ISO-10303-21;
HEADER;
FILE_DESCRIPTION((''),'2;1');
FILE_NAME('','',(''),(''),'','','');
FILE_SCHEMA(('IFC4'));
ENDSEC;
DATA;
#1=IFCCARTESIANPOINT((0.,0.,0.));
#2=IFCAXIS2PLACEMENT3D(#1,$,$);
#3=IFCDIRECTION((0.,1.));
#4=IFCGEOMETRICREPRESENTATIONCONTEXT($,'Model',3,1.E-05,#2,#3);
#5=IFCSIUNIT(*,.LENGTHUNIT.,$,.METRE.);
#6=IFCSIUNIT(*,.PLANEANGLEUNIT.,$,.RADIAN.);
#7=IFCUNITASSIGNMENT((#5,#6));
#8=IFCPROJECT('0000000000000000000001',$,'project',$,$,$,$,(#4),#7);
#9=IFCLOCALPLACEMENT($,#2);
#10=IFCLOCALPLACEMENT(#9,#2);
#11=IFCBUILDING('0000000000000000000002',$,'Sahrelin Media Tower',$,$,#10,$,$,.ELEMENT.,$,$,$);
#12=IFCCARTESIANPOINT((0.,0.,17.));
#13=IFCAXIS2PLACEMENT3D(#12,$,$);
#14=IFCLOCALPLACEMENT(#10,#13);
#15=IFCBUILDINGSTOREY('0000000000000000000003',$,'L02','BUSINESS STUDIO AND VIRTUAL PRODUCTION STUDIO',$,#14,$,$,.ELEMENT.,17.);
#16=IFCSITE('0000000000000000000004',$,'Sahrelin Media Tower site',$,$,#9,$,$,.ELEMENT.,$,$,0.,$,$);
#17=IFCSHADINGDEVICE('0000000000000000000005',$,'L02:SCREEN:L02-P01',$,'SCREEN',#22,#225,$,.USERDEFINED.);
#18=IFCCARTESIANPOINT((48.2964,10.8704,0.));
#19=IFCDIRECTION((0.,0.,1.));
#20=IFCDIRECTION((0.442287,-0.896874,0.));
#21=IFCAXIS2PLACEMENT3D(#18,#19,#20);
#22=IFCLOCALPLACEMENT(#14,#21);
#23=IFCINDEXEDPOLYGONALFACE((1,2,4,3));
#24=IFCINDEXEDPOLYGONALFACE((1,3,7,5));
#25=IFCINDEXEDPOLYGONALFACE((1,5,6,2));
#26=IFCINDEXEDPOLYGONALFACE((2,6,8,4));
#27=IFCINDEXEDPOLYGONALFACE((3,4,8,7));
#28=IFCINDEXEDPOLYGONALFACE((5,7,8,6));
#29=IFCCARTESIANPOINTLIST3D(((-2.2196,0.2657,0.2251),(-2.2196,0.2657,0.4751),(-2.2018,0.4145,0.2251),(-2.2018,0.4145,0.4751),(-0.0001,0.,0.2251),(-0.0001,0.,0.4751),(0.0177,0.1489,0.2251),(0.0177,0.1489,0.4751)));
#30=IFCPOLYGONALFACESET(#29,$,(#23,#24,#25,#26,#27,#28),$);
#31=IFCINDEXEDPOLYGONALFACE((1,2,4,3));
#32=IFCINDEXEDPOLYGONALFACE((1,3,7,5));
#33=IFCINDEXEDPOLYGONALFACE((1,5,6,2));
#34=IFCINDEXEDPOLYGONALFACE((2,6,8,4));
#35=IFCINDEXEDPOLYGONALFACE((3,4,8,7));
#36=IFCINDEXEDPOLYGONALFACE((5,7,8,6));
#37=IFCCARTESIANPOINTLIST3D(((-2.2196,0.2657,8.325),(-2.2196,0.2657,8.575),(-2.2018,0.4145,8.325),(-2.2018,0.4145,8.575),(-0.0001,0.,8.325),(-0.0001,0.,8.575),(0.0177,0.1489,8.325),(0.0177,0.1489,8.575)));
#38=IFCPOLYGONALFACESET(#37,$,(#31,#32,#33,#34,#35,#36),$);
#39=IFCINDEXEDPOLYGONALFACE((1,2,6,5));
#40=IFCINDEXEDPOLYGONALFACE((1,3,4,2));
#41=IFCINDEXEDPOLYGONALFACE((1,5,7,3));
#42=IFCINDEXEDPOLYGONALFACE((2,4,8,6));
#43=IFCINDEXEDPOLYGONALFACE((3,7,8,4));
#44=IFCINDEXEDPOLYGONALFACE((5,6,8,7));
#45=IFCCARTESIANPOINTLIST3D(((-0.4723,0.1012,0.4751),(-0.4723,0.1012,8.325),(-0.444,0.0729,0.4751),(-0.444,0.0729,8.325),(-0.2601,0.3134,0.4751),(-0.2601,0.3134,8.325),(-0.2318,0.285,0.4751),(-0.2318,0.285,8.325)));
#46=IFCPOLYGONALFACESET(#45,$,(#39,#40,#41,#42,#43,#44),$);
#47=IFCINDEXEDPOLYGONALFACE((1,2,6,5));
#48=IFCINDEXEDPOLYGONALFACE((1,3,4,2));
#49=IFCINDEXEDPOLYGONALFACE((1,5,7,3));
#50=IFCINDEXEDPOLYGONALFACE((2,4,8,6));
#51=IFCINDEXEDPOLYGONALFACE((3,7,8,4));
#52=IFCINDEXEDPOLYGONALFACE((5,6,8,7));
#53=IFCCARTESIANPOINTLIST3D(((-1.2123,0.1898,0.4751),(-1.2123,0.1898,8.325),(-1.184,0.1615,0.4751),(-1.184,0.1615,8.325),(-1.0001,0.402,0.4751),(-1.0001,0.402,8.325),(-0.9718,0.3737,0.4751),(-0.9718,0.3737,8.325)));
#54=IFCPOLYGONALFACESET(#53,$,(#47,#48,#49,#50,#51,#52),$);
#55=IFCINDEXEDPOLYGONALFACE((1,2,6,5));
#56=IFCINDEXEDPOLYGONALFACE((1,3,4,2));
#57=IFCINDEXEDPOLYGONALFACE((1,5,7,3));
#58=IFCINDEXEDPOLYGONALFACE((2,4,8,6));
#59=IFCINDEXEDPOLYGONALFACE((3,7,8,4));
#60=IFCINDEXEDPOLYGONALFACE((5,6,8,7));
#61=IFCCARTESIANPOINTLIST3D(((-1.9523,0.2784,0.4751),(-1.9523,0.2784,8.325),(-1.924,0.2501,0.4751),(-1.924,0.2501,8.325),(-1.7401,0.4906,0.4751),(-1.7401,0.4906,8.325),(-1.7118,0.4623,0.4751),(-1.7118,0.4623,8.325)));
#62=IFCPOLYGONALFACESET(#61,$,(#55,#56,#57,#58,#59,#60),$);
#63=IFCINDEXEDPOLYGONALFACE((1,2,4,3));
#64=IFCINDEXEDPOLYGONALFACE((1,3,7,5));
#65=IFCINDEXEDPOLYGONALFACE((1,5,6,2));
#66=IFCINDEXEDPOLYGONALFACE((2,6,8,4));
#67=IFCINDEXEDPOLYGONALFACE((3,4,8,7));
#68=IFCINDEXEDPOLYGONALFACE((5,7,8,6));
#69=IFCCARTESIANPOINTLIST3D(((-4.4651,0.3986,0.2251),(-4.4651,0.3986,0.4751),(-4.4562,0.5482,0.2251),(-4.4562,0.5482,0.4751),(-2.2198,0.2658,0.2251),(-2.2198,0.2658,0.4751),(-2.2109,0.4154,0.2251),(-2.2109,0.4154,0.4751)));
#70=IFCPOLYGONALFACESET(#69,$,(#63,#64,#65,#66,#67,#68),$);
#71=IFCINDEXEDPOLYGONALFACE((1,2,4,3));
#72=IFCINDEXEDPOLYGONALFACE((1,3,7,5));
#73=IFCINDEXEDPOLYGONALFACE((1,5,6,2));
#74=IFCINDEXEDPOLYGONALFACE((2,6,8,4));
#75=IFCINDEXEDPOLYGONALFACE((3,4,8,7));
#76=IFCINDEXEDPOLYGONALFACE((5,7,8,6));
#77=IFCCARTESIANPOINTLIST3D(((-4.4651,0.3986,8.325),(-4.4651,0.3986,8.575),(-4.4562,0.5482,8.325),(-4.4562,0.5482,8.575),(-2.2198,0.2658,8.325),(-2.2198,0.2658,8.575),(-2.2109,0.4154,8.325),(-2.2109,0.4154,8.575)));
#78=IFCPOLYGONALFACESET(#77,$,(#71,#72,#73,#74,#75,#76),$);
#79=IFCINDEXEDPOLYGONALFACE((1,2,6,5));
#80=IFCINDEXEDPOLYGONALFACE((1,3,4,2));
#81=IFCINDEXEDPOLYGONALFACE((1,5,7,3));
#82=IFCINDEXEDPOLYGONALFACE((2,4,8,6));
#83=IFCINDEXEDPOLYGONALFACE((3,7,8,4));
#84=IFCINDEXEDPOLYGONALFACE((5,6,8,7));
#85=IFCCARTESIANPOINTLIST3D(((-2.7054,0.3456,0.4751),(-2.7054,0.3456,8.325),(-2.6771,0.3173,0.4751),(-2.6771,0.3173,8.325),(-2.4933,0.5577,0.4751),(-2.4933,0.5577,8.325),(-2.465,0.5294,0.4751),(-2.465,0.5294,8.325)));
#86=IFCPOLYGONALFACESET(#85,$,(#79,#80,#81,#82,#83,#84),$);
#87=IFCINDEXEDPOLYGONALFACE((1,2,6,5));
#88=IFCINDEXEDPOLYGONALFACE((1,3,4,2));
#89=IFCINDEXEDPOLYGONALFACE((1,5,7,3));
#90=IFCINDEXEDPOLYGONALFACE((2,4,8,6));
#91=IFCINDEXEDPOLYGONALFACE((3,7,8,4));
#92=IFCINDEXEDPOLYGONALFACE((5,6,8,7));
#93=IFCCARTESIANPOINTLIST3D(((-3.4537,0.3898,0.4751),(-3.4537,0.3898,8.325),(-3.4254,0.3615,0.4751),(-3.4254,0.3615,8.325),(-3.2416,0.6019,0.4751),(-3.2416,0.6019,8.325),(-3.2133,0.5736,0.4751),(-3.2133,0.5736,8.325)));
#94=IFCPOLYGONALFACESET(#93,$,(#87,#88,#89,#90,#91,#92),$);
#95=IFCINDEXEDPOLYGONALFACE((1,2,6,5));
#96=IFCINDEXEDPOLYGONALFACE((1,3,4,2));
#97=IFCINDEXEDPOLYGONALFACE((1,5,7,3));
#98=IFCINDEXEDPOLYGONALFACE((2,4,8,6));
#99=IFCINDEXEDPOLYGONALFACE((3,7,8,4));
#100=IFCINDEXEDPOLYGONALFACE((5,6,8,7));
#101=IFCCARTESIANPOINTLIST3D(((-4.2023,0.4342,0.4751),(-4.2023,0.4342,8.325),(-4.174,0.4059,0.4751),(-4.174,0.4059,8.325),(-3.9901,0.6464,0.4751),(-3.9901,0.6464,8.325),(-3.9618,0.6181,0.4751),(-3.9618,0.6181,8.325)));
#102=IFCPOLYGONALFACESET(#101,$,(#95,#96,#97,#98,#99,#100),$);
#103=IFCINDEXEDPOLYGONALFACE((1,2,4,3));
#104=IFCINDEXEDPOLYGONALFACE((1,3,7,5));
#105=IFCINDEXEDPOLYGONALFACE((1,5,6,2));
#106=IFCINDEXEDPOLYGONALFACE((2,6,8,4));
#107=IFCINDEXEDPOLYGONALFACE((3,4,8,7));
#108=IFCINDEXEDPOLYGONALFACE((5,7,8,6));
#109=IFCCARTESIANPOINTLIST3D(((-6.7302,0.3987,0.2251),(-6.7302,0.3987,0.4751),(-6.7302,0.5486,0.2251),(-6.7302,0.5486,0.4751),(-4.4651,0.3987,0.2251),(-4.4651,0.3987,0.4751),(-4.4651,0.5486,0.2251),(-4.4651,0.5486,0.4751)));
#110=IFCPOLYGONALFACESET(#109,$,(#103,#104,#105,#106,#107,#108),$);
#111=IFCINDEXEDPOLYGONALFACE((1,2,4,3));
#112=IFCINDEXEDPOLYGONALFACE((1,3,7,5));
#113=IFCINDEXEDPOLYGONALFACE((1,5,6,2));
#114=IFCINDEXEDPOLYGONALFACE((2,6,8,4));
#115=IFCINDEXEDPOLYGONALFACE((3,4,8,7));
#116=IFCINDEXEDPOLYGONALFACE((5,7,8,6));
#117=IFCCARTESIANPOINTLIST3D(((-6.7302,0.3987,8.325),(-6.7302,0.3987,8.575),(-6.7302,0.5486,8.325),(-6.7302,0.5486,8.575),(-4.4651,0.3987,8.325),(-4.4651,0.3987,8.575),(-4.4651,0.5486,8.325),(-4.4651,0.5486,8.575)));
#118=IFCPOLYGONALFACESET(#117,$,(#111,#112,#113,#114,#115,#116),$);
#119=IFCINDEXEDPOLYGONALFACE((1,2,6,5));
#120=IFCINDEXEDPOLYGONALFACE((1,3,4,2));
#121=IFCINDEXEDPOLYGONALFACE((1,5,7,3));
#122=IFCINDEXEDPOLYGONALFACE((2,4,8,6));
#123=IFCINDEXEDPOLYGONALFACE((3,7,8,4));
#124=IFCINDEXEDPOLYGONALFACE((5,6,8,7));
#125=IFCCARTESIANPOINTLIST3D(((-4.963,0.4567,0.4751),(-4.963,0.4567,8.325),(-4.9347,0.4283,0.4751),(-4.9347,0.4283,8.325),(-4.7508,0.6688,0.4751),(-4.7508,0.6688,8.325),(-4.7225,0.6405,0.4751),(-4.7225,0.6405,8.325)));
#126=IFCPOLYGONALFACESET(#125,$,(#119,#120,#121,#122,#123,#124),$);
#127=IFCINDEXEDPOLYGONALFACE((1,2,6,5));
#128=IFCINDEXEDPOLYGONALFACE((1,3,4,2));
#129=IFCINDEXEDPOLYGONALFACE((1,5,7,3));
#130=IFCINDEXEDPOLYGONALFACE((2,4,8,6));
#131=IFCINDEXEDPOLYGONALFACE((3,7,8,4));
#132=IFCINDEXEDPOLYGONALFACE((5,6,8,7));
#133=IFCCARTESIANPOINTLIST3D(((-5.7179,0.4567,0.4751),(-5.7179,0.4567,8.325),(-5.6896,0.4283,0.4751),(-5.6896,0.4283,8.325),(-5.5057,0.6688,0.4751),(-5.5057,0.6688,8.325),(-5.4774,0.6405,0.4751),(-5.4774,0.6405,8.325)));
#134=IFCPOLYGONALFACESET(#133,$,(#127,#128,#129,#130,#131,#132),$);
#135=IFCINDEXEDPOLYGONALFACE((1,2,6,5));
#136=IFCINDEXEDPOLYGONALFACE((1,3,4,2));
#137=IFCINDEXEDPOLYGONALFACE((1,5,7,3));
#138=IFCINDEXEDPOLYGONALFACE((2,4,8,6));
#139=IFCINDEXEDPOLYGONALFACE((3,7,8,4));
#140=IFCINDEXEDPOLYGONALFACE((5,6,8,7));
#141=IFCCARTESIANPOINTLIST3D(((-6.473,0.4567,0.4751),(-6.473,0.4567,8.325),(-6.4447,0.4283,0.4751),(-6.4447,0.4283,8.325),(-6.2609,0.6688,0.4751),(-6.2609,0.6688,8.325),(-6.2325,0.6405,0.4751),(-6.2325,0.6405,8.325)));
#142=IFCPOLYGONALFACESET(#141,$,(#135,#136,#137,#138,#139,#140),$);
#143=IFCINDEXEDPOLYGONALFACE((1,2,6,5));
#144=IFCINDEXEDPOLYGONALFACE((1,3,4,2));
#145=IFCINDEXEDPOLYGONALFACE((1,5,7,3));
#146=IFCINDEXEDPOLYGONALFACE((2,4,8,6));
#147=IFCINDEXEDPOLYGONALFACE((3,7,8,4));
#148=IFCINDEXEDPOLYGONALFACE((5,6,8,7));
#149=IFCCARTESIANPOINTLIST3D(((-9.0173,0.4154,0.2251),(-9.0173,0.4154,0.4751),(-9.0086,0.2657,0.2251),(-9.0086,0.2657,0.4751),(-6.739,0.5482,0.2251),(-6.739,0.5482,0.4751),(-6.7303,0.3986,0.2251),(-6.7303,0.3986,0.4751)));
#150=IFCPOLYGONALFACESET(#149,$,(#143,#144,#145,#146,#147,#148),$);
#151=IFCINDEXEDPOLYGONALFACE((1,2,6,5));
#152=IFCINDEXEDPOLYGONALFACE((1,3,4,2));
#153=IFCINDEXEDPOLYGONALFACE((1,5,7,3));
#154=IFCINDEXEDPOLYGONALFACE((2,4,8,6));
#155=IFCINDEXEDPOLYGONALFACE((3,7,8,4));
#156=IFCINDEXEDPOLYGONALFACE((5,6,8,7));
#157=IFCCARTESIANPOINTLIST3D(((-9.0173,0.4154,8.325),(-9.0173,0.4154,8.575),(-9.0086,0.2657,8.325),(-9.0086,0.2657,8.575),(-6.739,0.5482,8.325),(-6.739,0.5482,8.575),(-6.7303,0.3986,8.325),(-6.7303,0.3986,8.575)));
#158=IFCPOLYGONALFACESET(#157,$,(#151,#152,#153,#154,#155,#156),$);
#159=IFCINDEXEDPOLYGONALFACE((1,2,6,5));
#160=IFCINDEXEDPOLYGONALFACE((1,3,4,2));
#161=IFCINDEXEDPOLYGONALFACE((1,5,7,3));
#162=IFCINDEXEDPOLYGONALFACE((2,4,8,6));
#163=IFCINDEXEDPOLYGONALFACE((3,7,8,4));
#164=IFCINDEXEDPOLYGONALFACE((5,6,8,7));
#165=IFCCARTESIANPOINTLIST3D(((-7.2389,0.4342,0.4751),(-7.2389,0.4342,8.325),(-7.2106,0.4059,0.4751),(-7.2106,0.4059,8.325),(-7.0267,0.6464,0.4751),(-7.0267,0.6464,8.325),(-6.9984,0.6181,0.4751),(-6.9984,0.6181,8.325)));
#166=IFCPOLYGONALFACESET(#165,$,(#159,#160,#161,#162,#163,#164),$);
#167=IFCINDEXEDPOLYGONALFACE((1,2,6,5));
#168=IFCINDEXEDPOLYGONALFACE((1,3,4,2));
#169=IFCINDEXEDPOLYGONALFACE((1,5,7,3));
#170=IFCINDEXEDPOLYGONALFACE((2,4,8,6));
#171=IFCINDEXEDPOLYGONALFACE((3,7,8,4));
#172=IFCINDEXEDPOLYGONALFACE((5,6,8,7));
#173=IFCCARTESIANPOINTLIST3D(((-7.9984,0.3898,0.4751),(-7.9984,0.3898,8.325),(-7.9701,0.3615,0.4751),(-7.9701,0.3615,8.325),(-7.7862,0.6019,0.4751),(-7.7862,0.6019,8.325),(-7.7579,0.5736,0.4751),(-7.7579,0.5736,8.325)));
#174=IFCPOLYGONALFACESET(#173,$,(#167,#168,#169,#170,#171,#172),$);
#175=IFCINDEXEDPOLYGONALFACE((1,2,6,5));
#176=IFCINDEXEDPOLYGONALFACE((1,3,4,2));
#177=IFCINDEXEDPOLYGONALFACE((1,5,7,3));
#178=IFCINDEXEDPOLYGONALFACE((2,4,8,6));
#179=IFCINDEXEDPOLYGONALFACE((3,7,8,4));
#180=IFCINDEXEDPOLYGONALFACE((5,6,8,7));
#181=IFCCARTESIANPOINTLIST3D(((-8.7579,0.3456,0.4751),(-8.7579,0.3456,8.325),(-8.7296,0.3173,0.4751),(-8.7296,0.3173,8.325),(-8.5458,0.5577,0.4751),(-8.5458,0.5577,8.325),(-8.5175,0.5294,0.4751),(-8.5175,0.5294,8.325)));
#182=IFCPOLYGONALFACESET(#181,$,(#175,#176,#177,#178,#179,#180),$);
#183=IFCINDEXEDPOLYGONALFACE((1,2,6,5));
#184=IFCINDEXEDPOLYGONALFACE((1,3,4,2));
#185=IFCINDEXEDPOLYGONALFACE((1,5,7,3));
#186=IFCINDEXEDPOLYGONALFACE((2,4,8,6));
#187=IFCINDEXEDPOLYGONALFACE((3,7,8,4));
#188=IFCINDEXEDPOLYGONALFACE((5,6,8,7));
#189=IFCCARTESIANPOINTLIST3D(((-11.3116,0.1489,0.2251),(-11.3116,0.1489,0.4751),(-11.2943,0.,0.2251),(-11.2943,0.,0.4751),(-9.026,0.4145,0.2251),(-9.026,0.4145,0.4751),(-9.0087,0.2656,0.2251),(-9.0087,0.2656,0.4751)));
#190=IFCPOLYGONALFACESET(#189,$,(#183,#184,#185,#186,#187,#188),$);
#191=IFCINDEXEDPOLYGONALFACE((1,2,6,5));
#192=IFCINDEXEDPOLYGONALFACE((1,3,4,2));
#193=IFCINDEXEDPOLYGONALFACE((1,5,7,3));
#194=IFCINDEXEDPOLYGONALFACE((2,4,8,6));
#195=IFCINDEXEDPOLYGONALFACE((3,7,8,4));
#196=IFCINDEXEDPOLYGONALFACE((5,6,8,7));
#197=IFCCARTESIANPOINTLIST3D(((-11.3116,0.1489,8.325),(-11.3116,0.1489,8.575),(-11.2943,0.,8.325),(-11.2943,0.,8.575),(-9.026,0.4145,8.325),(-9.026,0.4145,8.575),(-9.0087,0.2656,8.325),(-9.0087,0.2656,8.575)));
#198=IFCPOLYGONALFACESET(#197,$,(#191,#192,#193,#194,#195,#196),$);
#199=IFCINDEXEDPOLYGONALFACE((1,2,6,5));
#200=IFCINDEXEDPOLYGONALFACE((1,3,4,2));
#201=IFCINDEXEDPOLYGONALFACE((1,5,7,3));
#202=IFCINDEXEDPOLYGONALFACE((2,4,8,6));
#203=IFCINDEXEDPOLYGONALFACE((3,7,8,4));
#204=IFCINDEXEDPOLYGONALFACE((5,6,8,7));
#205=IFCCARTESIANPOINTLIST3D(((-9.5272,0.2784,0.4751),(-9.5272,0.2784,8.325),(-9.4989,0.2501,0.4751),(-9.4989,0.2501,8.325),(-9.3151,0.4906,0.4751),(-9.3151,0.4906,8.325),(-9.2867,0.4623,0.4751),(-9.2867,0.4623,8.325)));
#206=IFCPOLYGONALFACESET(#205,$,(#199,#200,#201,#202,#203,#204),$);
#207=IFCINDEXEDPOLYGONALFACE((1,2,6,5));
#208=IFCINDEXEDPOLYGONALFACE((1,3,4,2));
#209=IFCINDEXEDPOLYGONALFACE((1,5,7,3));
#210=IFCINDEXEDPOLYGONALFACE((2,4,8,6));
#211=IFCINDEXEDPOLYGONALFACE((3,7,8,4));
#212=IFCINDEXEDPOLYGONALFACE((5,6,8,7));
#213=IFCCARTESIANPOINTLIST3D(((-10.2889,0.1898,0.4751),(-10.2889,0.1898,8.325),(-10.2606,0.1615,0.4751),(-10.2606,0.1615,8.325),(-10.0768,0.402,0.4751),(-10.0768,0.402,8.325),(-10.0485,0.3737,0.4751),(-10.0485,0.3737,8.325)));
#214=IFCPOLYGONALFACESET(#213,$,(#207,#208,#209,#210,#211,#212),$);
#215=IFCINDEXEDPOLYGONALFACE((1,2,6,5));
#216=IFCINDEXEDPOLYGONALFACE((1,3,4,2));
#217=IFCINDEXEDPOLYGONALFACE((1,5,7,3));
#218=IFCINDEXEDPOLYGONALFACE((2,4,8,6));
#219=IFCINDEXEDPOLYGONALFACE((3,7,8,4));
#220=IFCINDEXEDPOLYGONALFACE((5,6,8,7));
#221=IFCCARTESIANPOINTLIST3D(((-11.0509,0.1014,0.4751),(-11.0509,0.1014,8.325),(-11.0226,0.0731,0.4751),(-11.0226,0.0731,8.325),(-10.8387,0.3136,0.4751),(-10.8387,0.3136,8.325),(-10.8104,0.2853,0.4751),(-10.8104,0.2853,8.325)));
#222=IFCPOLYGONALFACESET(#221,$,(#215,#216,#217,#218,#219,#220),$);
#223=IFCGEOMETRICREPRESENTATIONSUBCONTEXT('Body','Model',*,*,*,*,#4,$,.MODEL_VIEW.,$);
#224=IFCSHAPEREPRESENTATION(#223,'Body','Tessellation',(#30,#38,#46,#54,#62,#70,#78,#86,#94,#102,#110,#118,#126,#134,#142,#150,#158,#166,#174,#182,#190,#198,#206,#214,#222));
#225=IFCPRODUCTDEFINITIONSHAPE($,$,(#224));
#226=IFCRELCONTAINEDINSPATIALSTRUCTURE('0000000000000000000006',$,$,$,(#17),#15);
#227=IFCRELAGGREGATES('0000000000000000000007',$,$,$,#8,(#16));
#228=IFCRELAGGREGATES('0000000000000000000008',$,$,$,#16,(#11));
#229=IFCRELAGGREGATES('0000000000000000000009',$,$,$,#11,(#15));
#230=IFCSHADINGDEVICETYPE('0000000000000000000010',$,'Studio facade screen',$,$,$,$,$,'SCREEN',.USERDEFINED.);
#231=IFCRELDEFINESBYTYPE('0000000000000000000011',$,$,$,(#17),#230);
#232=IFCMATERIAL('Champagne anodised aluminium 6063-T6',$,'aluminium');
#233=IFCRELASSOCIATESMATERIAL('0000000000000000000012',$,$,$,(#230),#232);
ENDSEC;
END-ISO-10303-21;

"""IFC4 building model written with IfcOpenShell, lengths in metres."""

from ifc_helpers import new_model, si_unit, direction, frame, origin, origin_2d, place, context, subcontext, project, spatial, rectangle, extrude, material, type_object, element, save


model = new_model("IFC4")

# Units and contexts
model_context = context("Model", 3, precision=1e-05, world=origin(), true_north=direction((0.0, 1.0)))
body_context = subcontext(model_context, "Body", "Model", "MODEL_VIEW")
ifc_project = project(units=[si_unit("LENGTHUNIT", "METRE"), si_unit("PLANEANGLEUNIT", "RADIAN")], contexts=[model_context])

# Site, building, storey
site_placement = place(None, origin())
site = spatial("IfcSite", under=ifc_project, at=site_placement, Name="Sahrelin Media Tower site", CompositionType="ELEMENT", RefElevation=0.0)
building_placement = place(site_placement, origin())
building = spatial("IfcBuilding", under=site, at=building_placement, Name="Sahrelin Media Tower", CompositionType="ELEMENT")
storey_placement = place(building_placement, frame((0.0, 0.0, 17.0)))
storey = spatial("IfcBuildingStorey", under=building, at=storey_placement, Name="L02", Description="BUSINESS STUDIO AND VIRTUAL PRODUCTION STUDIO", CompositionType="ELEMENT", Elevation=17.0)

# Shading device
ifc_material_1 = material(Name="Champagne anodised aluminium 6063-T6", Category="aluminium")
shading_device_type = type_object("IfcShadingDeviceType", Name="Studio facade screen", ElementType="SCREEN", PredefinedType="USERDEFINED", material=ifc_material_1)
shading_device_1_placement = place(storey_placement, frame((48.2964, 10.8704, 0.0), z_axis=(0.0, 0.0, 1.0), x_axis=(0.442287, -0.896874, 0.0)))
element("IfcShadingDevice", 1, at=shading_device_1_placement, inside=storey, type_object=shading_device_type, Name="L02:SCREEN:L02-P01", ObjectType="SCREEN", PredefinedType="USERDEFINED", context=body_context, shape_type="SweptSolid", body=[
    extrude(rectangle(XDim=0.1499, YDim=0.25, at=origin_2d()), frame((0.0088, 0.0745, 0.3501), z_axis=(-0.992915, 0.118831, 0.0), x_axis=(-0.118831, -0.992915, 0.0)), (0.0, 0.0, 1.0), 2.2354),
    extrude(rectangle(XDim=0.1499, YDim=0.25, at=origin_2d()), frame((0.0088, 0.0745, 8.45), z_axis=(-0.992915, 0.118831, 0.0), x_axis=(-0.118831, -0.992915, 0.0)), (0.0, 0.0, 1.0), 2.2354),
    extrude(rectangle(XDim=0.3, YDim=0.04, at=origin_2d()), frame((-0.3521, 0.1931, 0.4751), z_axis=(0.0, 0.0, 1.0), x_axis=(0.707107, 0.707107, 0.0)), (0.0, 0.0, 1.0), 7.8499),
    extrude(rectangle(XDim=0.3, YDim=0.04, at=origin_2d()), frame((-1.092, 0.2817, 0.4751), z_axis=(0.0, 0.0, 1.0), x_axis=(0.707107, 0.707107, 0.0)), (0.0, 0.0, 1.0), 7.8499),
    extrude(rectangle(XDim=0.3, YDim=0.04, at=origin_2d()), frame((-1.832, 0.3704, 0.4751), z_axis=(0.0, 0.0, 1.0), x_axis=(0.707107, 0.707107, 0.0)), (0.0, 0.0, 1.0), 7.8499),
    extrude(rectangle(XDim=0.1499, YDim=0.25, at=origin_2d()), frame((-2.2153, 0.3406, 0.3501), z_axis=(-0.998255, 0.059047, 0.0), x_axis=(-0.059047, -0.998255, 0.0)), (0.0, 0.0, 1.0), 2.2493),
    extrude(rectangle(XDim=0.1499, YDim=0.25, at=origin_2d()), frame((-2.2153, 0.3406, 8.45), z_axis=(-0.998255, 0.059047, 0.0), x_axis=(-0.059047, -0.998255, 0.0)), (0.0, 0.0, 1.0), 2.2493),
    extrude(rectangle(XDim=0.3, YDim=0.04, at=origin_2d()), frame((-2.5852, 0.4375, 0.4751), z_axis=(0.0, 0.0, 1.0), x_axis=(0.707107, 0.707107, 0.0)), (0.0, 0.0, 1.0), 7.8499),
    extrude(rectangle(XDim=0.3, YDim=0.04, at=origin_2d()), frame((-3.3335, 0.4817, 0.4751), z_axis=(0.0, 0.0, 1.0), x_axis=(0.707107, 0.707107, 0.0)), (0.0, 0.0, 1.0), 7.8499),
    extrude(rectangle(XDim=0.3, YDim=0.04, at=origin_2d()), frame((-4.082, 0.5261, 0.4751), z_axis=(0.0, 0.0, 1.0), x_axis=(0.707107, 0.707107, 0.0)), (0.0, 0.0, 1.0), 7.8499),
    extrude(rectangle(XDim=0.1499, YDim=0.25, at=origin_2d()), frame((-4.4651, 0.4736, 0.3501), z_axis=(-1.0, 0.0, 0.0), x_axis=(0.0, -1.0, 0.0)), (0.0, 0.0, 1.0), 2.2651),
    extrude(rectangle(XDim=0.1499, YDim=0.25, at=origin_2d()), frame((-4.4651, 0.4736, 8.45), z_axis=(-1.0, 0.0, 0.0), x_axis=(0.0, -1.0, 0.0)), (0.0, 0.0, 1.0), 2.2651),
    extrude(rectangle(XDim=0.3, YDim=0.04, at=origin_2d()), frame((-4.8428, 0.5486, 0.4751), z_axis=(0.0, 0.0, 1.0), x_axis=(0.707107, 0.707107, 0.0)), (0.0, 0.0, 1.0), 7.8499),
    extrude(rectangle(XDim=0.3, YDim=0.04, at=origin_2d()), frame((-5.5977, 0.5486, 0.4751), z_axis=(0.0, 0.0, 1.0), x_axis=(0.707107, 0.707107, 0.0)), (0.0, 0.0, 1.0), 7.8499),
    extrude(rectangle(XDim=0.3, YDim=0.04, at=origin_2d()), frame((-6.3528, 0.5486, 0.4751), z_axis=(0.0, 0.0, 1.0), x_axis=(0.707107, 0.707107, 0.0)), (0.0, 0.0, 1.0), 7.8499),
    extrude(rectangle(XDim=0.1499, YDim=0.25, at=origin_2d()), frame((-6.7346, 0.4734, 0.3501), z_axis=(-0.998305, -0.058195, 0.0), x_axis=(0.058195, -0.998305, 0.0)), (0.0, 0.0, 1.0), 2.2822),
    extrude(rectangle(XDim=0.1499, YDim=0.25, at=origin_2d()), frame((-6.7346, 0.4734, 8.45), z_axis=(-0.998305, -0.058195, 0.0), x_axis=(0.058195, -0.998305, 0.0)), (0.0, 0.0, 1.0), 2.2822),
    extrude(rectangle(XDim=0.3, YDim=0.04, at=origin_2d()), frame((-7.1187, 0.5261, 0.4751), z_axis=(0.0, 0.0, 1.0), x_axis=(0.707107, 0.707107, 0.0)), (0.0, 0.0, 1.0), 7.8499),
    extrude(rectangle(XDim=0.3, YDim=0.04, at=origin_2d()), frame((-7.8782, 0.4817, 0.4751), z_axis=(0.0, 0.0, 1.0), x_axis=(0.707107, 0.707107, 0.0)), (0.0, 0.0, 1.0), 7.8499),
    extrude(rectangle(XDim=0.3, YDim=0.04, at=origin_2d()), frame((-8.6377, 0.4375, 0.4751), z_axis=(0.0, 0.0, 1.0), x_axis=(0.707107, 0.707107, 0.0)), (0.0, 0.0, 1.0), 7.8499),
    extrude(rectangle(XDim=0.1499, YDim=0.25, at=origin_2d()), frame((-9.0173, 0.3401, 0.3501), z_axis=(-0.993315, -0.115438, 0.0), x_axis=(0.115438, -0.993315, 0.0)), (0.0, 0.0, 1.0), 2.301),
    extrude(rectangle(XDim=0.1499, YDim=0.25, at=origin_2d()), frame((-9.0173, 0.3401, 8.45), z_axis=(-0.993315, -0.115438, 0.0), x_axis=(0.115438, -0.993315, 0.0)), (0.0, 0.0, 1.0), 2.301),
    extrude(rectangle(XDim=0.3, YDim=0.04, at=origin_2d()), frame((-9.407, 0.3704, 0.4751), z_axis=(0.0, 0.0, 1.0), x_axis=(0.707107, 0.707107, 0.0)), (0.0, 0.0, 1.0), 7.8499),
    extrude(rectangle(XDim=0.3, YDim=0.04, at=origin_2d()), frame((-10.1687, 0.2817, 0.4751), z_axis=(0.0, 0.0, 1.0), x_axis=(0.707107, 0.707107, 0.0)), (0.0, 0.0, 1.0), 7.8499),
    extrude(rectangle(XDim=0.3, YDim=0.04, at=origin_2d()), frame((-10.9307, 0.1934, 0.4751), z_axis=(0.0, 0.0, 1.0), x_axis=(0.707107, 0.707107, 0.0)), (0.0, 0.0, 1.0), 7.8499),
])

save(model, "model.ifc")
